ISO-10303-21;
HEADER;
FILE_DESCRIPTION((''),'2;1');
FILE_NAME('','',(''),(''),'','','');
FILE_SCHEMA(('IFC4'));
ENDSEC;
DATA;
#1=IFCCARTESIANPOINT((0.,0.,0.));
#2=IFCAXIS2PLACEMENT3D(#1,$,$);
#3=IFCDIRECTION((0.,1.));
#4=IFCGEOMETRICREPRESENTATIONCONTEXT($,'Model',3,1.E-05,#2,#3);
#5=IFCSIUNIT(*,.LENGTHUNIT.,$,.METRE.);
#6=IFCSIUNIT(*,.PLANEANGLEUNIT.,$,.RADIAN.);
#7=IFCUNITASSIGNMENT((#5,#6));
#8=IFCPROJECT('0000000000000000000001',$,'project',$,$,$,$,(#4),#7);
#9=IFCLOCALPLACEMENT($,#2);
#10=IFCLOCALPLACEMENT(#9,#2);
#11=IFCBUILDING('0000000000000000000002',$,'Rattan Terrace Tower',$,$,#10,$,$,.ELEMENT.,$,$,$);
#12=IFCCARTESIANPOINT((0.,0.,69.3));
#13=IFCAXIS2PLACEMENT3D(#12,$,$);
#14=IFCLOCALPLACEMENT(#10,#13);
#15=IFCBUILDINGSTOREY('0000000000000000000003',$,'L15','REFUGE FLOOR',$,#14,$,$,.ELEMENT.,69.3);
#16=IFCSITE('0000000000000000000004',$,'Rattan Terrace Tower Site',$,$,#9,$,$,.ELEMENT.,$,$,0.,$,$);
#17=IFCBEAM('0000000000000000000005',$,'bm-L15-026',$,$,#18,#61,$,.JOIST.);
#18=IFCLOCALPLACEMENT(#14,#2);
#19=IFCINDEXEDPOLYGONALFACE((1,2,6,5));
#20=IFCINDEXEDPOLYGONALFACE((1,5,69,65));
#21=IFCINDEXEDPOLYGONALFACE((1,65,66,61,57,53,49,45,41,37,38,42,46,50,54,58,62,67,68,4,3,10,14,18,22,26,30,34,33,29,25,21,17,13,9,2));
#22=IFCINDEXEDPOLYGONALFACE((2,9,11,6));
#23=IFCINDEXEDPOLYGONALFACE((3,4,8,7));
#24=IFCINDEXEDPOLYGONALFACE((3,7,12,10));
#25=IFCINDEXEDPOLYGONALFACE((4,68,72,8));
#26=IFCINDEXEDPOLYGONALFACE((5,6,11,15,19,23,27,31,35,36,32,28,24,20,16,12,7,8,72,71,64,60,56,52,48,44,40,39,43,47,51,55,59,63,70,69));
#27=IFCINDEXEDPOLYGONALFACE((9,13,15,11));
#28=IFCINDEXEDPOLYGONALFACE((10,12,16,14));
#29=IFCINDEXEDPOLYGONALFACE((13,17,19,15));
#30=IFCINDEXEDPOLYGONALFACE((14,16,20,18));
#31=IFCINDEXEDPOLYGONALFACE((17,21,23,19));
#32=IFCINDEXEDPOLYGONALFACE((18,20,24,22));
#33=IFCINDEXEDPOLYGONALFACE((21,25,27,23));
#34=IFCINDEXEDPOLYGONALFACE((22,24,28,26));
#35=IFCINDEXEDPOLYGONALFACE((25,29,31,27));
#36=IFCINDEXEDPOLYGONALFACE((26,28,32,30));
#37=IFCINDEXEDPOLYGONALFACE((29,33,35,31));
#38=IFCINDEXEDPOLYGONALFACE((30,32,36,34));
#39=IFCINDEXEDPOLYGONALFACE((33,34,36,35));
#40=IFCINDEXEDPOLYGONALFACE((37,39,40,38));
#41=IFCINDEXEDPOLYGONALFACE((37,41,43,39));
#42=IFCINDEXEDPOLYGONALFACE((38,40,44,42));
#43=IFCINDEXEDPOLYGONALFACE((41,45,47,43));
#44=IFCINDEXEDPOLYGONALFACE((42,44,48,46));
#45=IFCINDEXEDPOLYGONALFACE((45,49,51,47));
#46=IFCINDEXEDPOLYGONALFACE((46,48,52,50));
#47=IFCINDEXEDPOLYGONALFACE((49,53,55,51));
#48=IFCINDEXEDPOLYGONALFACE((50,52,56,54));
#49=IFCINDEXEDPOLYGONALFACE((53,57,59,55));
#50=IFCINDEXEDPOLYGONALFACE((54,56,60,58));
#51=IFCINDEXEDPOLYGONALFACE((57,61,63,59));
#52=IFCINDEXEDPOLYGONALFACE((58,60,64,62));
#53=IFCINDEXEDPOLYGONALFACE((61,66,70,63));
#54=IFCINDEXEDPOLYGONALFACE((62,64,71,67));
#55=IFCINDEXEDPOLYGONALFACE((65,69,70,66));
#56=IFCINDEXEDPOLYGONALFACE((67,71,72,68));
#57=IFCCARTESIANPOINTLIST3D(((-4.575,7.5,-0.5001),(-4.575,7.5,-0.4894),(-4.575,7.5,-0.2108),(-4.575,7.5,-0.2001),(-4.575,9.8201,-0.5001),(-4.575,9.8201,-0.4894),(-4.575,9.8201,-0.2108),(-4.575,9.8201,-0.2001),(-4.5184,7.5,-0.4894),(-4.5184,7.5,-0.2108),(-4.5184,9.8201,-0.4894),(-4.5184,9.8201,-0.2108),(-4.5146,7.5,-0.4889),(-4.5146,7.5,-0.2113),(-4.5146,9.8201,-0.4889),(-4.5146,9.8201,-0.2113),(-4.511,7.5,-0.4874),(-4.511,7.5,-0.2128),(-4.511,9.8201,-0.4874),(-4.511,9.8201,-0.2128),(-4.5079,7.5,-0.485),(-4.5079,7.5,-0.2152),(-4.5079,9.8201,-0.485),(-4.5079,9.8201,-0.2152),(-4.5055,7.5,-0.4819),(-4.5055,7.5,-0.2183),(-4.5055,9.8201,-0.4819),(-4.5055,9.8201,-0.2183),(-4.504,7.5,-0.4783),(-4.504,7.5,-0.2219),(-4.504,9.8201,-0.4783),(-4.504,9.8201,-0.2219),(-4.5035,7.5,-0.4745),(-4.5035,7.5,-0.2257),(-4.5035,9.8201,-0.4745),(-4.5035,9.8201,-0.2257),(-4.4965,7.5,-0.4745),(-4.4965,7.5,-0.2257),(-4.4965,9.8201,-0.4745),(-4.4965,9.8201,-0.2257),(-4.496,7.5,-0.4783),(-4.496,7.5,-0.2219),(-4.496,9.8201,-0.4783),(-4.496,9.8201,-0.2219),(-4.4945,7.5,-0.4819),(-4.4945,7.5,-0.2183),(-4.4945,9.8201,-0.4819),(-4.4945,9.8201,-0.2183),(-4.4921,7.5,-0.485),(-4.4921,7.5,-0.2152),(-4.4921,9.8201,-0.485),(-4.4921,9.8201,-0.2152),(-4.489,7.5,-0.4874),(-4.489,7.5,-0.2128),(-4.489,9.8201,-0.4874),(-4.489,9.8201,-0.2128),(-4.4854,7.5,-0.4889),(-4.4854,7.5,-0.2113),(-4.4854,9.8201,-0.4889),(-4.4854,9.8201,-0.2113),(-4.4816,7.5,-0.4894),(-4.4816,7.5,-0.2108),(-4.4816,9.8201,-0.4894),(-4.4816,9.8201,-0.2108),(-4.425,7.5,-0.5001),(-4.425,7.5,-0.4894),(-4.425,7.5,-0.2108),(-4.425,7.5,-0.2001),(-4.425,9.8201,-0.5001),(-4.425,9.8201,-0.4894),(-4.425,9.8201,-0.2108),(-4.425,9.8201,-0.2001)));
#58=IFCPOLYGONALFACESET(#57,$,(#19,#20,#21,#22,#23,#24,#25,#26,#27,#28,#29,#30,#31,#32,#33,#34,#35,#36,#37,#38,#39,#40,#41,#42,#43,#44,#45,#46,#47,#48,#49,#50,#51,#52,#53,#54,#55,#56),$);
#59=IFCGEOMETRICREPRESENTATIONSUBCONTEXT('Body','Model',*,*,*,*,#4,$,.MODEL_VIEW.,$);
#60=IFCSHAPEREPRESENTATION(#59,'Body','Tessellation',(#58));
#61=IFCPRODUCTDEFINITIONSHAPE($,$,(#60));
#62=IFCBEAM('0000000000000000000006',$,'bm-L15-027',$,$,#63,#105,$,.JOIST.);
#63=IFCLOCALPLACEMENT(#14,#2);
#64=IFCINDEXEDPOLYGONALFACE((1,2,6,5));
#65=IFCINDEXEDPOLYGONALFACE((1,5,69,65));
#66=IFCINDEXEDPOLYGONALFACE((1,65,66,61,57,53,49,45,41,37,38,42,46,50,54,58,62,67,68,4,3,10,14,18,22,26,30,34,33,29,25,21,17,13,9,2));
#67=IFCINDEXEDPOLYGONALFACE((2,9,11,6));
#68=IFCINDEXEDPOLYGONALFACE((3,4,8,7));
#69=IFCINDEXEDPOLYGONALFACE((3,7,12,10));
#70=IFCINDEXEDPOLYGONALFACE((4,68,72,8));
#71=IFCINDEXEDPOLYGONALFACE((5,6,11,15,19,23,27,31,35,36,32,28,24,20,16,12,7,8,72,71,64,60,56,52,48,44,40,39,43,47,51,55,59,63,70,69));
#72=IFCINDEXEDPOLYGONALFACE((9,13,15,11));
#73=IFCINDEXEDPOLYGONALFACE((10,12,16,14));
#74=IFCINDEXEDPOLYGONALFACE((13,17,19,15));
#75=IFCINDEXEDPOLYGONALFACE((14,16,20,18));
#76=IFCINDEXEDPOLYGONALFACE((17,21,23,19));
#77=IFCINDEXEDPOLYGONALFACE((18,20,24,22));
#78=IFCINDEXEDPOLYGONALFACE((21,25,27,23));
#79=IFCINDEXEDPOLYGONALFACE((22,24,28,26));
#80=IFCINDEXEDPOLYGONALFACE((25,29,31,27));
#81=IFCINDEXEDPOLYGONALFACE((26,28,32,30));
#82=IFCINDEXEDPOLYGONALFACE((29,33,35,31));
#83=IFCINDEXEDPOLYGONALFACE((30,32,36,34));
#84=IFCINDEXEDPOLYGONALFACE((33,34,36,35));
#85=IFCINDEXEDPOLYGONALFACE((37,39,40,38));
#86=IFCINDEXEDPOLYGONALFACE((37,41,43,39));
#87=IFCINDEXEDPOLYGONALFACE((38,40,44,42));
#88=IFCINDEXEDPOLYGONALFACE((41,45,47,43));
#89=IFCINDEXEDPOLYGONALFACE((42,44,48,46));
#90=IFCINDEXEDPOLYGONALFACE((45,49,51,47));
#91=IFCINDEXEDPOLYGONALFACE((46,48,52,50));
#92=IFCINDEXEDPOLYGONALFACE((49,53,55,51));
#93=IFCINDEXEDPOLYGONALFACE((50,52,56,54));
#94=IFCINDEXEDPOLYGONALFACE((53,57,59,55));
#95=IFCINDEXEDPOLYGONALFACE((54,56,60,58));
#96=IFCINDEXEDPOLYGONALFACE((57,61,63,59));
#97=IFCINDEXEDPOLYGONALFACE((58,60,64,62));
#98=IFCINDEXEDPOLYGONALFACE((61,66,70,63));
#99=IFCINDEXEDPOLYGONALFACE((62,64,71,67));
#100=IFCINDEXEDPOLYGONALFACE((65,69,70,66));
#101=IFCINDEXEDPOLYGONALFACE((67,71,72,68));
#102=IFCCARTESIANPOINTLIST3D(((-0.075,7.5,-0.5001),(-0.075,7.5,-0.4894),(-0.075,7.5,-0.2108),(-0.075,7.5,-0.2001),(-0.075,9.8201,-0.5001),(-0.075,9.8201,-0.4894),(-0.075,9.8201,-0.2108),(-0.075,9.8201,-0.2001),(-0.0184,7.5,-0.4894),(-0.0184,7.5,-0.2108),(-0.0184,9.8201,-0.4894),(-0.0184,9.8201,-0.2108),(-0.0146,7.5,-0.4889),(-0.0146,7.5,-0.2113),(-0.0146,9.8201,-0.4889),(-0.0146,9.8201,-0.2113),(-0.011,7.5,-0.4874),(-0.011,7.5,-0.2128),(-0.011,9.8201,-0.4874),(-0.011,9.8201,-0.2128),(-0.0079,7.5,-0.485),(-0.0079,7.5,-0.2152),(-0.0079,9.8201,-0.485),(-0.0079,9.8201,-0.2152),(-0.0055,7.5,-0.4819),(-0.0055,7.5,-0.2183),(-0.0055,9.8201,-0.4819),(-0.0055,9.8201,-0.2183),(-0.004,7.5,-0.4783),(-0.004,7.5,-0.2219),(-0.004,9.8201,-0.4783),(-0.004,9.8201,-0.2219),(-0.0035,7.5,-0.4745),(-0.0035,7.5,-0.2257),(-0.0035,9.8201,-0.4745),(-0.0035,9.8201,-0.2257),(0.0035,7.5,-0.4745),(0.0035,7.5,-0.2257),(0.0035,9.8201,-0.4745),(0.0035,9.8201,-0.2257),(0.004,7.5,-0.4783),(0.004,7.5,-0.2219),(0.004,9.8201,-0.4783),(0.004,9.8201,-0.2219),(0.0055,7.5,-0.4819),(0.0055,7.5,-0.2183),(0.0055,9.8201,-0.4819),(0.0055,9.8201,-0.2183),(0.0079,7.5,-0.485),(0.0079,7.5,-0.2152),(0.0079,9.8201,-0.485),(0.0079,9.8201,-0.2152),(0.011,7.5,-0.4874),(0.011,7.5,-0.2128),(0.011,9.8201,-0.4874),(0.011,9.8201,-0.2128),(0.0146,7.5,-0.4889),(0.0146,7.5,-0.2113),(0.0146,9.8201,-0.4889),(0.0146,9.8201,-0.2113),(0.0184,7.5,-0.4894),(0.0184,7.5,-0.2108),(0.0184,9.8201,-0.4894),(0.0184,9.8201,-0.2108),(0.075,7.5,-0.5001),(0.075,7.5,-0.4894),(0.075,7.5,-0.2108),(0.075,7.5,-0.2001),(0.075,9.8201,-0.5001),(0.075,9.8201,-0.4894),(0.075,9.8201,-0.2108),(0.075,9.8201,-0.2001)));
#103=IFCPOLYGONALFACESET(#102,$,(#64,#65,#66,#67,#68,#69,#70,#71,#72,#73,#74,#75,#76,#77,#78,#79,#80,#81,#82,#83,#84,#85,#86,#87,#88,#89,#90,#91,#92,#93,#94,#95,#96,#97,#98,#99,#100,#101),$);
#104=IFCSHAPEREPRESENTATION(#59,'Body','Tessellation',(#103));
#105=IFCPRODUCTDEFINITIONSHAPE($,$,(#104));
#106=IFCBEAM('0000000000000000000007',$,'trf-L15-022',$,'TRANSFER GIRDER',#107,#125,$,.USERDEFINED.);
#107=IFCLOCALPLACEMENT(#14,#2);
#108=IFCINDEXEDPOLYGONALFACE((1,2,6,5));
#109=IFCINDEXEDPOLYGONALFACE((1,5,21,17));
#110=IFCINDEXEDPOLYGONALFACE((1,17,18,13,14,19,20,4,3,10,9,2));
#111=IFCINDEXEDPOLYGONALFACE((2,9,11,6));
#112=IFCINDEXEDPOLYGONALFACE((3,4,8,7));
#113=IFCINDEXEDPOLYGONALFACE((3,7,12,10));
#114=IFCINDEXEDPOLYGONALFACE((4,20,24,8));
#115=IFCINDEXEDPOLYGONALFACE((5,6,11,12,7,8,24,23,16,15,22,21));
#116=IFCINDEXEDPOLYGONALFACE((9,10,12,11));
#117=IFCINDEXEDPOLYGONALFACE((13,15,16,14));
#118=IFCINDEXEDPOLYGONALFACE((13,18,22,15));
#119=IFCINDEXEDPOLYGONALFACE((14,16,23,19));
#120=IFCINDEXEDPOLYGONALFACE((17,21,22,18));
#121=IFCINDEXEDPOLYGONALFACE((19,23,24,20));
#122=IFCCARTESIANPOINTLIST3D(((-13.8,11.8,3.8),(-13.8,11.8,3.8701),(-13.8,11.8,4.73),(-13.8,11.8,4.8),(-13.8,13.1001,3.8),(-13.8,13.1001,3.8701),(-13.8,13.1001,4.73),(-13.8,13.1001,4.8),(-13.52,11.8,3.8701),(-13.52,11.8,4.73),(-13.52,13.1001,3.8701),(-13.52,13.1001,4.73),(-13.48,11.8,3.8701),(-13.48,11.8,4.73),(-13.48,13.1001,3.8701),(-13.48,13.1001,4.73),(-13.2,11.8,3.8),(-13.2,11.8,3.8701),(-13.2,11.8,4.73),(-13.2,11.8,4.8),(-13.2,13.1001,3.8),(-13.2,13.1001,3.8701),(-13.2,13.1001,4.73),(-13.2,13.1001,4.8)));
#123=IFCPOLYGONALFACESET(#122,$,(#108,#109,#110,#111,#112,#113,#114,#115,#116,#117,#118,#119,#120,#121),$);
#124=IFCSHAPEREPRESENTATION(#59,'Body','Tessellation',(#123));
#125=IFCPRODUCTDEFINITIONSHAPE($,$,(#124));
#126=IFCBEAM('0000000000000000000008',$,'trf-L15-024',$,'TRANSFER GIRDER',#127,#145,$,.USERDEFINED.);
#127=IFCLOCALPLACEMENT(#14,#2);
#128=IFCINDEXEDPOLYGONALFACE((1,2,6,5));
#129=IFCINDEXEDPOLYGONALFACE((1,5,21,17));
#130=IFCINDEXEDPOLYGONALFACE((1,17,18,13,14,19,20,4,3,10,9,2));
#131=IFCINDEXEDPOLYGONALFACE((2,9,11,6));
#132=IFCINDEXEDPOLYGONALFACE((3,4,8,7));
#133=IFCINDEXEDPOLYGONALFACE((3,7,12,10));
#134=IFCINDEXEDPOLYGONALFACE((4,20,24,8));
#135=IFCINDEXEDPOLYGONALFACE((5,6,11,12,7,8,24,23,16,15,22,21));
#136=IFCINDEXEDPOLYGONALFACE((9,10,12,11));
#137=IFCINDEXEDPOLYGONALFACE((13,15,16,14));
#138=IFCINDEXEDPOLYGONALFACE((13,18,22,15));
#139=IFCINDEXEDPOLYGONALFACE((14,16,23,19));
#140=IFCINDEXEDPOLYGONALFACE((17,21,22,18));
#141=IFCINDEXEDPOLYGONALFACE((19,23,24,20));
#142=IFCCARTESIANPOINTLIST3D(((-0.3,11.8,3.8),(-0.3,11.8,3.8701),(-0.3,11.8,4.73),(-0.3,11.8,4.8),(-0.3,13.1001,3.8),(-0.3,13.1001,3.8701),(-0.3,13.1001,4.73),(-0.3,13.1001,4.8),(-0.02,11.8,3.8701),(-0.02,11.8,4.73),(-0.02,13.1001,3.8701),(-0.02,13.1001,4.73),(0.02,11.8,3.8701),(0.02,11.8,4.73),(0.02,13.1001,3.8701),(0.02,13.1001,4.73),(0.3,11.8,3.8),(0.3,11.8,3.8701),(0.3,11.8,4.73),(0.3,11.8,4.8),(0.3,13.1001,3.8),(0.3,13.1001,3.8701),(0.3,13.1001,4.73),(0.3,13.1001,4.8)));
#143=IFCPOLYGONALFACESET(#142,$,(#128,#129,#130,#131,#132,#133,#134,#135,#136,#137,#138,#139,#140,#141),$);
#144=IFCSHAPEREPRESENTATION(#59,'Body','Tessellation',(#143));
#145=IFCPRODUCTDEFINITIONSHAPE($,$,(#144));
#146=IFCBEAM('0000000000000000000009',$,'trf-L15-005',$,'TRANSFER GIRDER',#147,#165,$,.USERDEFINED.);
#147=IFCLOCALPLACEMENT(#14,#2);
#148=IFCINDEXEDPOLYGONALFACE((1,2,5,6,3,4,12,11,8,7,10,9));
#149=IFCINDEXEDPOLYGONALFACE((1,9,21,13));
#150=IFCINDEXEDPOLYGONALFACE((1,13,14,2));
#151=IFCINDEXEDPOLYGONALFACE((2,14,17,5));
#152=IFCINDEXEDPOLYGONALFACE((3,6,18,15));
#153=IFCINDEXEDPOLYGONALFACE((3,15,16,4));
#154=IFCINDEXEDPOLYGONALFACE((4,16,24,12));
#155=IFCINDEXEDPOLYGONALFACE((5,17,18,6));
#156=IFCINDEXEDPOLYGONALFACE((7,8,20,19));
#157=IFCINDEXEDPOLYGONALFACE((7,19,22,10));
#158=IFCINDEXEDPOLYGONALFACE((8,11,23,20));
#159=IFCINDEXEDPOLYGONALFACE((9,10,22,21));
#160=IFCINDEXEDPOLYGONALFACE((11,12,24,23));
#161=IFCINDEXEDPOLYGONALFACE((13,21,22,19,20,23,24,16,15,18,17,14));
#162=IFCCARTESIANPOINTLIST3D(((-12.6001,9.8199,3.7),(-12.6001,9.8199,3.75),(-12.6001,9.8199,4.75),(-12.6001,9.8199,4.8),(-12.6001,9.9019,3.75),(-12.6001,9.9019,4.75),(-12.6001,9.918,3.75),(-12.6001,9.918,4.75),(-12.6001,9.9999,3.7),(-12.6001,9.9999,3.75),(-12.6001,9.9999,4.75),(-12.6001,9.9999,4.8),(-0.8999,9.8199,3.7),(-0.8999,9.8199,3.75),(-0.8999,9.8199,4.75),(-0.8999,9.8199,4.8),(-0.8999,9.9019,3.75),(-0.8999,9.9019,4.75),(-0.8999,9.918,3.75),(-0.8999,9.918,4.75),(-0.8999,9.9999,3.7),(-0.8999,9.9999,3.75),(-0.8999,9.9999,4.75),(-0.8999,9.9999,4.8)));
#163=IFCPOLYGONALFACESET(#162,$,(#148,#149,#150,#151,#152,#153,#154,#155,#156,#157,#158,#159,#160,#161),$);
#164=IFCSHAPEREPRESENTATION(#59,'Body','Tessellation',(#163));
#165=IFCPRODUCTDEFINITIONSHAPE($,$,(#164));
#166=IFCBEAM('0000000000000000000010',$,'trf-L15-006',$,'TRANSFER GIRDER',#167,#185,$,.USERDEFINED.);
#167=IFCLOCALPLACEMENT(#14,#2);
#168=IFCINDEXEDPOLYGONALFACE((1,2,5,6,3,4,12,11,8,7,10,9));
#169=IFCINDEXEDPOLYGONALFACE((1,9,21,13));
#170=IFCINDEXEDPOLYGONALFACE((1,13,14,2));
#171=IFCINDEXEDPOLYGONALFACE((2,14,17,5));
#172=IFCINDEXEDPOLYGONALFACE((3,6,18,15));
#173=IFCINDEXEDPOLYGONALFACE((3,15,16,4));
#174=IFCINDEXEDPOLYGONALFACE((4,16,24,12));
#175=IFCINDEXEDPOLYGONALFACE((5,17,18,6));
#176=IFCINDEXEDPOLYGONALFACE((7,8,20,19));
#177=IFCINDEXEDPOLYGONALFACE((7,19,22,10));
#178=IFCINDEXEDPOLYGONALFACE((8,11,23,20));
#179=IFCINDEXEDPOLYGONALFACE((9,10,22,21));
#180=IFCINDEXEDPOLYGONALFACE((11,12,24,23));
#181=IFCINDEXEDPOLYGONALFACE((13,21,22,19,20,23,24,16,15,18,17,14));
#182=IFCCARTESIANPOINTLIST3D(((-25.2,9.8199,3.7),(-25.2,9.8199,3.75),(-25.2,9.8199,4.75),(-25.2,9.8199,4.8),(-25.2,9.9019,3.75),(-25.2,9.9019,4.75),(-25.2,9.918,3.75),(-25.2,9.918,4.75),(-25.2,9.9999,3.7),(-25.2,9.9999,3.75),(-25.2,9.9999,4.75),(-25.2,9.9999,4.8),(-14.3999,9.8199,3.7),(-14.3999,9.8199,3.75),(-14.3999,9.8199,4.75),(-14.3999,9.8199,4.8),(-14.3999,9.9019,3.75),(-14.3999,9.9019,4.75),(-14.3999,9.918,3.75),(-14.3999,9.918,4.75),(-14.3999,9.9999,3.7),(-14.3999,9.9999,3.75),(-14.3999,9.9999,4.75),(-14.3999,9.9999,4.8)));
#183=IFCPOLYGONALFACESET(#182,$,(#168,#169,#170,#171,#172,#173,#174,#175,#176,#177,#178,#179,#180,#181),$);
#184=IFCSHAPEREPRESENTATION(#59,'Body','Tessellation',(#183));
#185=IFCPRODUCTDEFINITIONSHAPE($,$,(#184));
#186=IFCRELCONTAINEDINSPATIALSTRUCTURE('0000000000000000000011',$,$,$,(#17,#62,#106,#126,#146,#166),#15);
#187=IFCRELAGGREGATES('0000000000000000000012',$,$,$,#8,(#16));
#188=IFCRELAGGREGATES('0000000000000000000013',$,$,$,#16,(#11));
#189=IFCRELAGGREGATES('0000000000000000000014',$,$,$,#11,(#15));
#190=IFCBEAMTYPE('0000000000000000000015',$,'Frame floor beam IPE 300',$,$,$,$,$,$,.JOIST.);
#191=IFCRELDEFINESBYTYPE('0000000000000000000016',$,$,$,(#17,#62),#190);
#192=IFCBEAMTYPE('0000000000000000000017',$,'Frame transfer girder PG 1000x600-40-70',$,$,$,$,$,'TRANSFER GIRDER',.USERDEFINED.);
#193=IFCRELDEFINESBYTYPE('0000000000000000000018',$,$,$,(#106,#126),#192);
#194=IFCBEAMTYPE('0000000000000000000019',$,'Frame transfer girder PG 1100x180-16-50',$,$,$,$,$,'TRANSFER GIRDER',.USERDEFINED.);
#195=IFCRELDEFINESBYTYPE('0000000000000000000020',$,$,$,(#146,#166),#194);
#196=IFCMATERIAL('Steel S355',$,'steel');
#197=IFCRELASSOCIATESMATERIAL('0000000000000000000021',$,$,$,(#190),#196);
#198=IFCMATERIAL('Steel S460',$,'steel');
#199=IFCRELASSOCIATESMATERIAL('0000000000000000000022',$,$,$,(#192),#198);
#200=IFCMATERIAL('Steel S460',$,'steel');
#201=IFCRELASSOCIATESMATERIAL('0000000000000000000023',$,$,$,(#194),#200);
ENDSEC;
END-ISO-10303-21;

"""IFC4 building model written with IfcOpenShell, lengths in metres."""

from ifc_helpers import new_model, si_unit, direction, frame, origin, origin_2d, place, context, subcontext, project, spatial, i_section, extrude, material, material_profile, profile_set, type_object, element, save


model = new_model("IFC4")

# Units and contexts
model_context = context("Model", 3, precision=1e-05, world=origin(), true_north=direction((0.0, 1.0)))
body_context = subcontext(model_context, "Body", "Model", "MODEL_VIEW")
ifc_project = project(units=[si_unit("LENGTHUNIT", "METRE"), si_unit("PLANEANGLEUNIT", "RADIAN")], contexts=[model_context])

# Site, building, storey
site_placement = place(None, origin())
site = spatial("IfcSite", under=ifc_project, at=site_placement, Name="Rattan Terrace Tower Site", CompositionType="ELEMENT", RefElevation=0.0)
building_placement = place(site_placement, origin())
building = spatial("IfcBuilding", under=site, at=building_placement, Name="Rattan Terrace Tower", CompositionType="ELEMENT")
storey_placement = place(building_placement, frame((0.0, 0.0, 69.3)))
storey = spatial("IfcBuildingStorey", under=building, at=storey_placement, Name="L15", Description="REFUGE FLOOR", CompositionType="ELEMENT", Elevation=69.3)

# Beams
ifc_material_1 = material(Name="Steel S355", Category="steel")
ifc_material_profile_1 = material_profile(ifc_material_1, i_section(OverallWidth=0.1499, OverallDepth=0.3, WebThickness=0.0071, FlangeThickness=0.0107, FilletRadius=0.0149, at=origin_2d()), Name="IPE 300")
ifc_profile_set_1 = profile_set([ifc_material_profile_1], Name="Steel S355")
beam_type_1 = type_object("IfcBeamType", Name="Frame floor beam IPE 300", PredefinedType="JOIST", material=ifc_profile_set_1)
for number, where, z_axis, x_axis, name in (
    (1, (-4.5, 7.5, -0.3501), (0.0, 1.0, 0.0), (-1.0, 0.0, 0.0), "bm-L15-026"),
    (2, (0.0, 7.5, -0.3501), (0.0, 1.0, 0.0), (-1.0, 0.0, 0.0), "bm-L15-027"),
):
    element("IfcBeam", number, at=place(storey_placement, frame(where, z_axis=z_axis, x_axis=x_axis)), inside=storey, type_object=beam_type_1, Name=name, PredefinedType="JOIST", context=body_context, shape_type="SweptSolid", body=[
        extrude(i_section(OverallWidth=0.1499, OverallDepth=0.3, WebThickness=0.0071, FlangeThickness=0.0107, FilletRadius=0.0149, at=origin_2d()), origin(), (0.0, 0.0, 1.0), 2.3201),
    ])
ifc_material_2 = material(Name="Steel S460", Category="steel")
ifc_material_profile_2 = material_profile(ifc_material_2, i_section(OverallWidth=0.6001, OverallDepth=1.0, WebThickness=0.04, FlangeThickness=0.0701, at=origin_2d()), Name="PG 1000x600-40-70")
ifc_profile_set_2 = profile_set([ifc_material_profile_2], Name="Steel S460")
beam_type_2 = type_object("IfcBeamType", Name="Frame transfer girder PG 1000x600-40-70", ElementType="TRANSFER GIRDER", PredefinedType="USERDEFINED", material=ifc_profile_set_2)
for number, where, z_axis, x_axis, name in (
    (3, (-13.5, 11.8, 4.3), (0.0, 1.0, 0.0), (-1.0, 0.0, 0.0), "trf-L15-022"),
    (4, (0.0, 11.8, 4.3), (0.0, 1.0, 0.0), (-1.0, 0.0, 0.0), "trf-L15-024"),
):
    element("IfcBeam", number, at=place(storey_placement, frame(where, z_axis=z_axis, x_axis=x_axis)), inside=storey, type_object=beam_type_2, Name=name, ObjectType="TRANSFER GIRDER", PredefinedType="USERDEFINED", context=body_context, shape_type="SweptSolid", body=[
        extrude(i_section(OverallWidth=0.6001, OverallDepth=1.0, WebThickness=0.04, FlangeThickness=0.0701, at=origin_2d()), origin(), (0.0, 0.0, 1.0), 1.3),
    ])
ifc_material_3 = material(Name="Steel S460", Category="steel")
ifc_material_profile_3 = material_profile(ifc_material_3, i_section(OverallWidth=0.1799, OverallDepth=1.1001, WebThickness=0.0161, FlangeThickness=0.05, at=origin_2d()), Name="PG 1100x180-16-50")
ifc_profile_set_3 = profile_set([ifc_material_profile_3], Name="Steel S460")
beam_type_3 = type_object("IfcBeamType", Name="Frame transfer girder PG 1100x180-16-50", ElementType="TRANSFER GIRDER", PredefinedType="USERDEFINED", material=ifc_profile_set_3)
beam_1_placement = place(storey_placement, frame((-0.8999, 9.9099, 4.25), z_axis=(-1.0, 0.0, 0.0), x_axis=(0.0, -1.0, 0.0)))
element("IfcBeam", 5, at=beam_1_placement, inside=storey, type_object=beam_type_3, Name="trf-L15-005", ObjectType="TRANSFER GIRDER", PredefinedType="USERDEFINED", context=body_context, shape_type="SweptSolid", body=[
    extrude(i_section(OverallWidth=0.1799, OverallDepth=1.1001, WebThickness=0.0161, FlangeThickness=0.05, at=origin_2d()), origin(), (0.0, 0.0, 1.0), 11.7002),
])
beam_2_placement = place(storey_placement, frame((-14.3999, 9.9099, 4.25), z_axis=(-1.0, 0.0, 0.0), x_axis=(0.0, -1.0, 0.0)))
element("IfcBeam", 6, at=beam_2_placement, inside=storey, type_object=beam_type_3, Name="trf-L15-006", ObjectType="TRANSFER GIRDER", PredefinedType="USERDEFINED", context=body_context, shape_type="SweptSolid", body=[
    extrude(i_section(OverallWidth=0.1799, OverallDepth=1.1001, WebThickness=0.0161, FlangeThickness=0.05, at=origin_2d()), origin(), (0.0, 0.0, 1.0), 10.8),
])

save(model, "model.ifc")
